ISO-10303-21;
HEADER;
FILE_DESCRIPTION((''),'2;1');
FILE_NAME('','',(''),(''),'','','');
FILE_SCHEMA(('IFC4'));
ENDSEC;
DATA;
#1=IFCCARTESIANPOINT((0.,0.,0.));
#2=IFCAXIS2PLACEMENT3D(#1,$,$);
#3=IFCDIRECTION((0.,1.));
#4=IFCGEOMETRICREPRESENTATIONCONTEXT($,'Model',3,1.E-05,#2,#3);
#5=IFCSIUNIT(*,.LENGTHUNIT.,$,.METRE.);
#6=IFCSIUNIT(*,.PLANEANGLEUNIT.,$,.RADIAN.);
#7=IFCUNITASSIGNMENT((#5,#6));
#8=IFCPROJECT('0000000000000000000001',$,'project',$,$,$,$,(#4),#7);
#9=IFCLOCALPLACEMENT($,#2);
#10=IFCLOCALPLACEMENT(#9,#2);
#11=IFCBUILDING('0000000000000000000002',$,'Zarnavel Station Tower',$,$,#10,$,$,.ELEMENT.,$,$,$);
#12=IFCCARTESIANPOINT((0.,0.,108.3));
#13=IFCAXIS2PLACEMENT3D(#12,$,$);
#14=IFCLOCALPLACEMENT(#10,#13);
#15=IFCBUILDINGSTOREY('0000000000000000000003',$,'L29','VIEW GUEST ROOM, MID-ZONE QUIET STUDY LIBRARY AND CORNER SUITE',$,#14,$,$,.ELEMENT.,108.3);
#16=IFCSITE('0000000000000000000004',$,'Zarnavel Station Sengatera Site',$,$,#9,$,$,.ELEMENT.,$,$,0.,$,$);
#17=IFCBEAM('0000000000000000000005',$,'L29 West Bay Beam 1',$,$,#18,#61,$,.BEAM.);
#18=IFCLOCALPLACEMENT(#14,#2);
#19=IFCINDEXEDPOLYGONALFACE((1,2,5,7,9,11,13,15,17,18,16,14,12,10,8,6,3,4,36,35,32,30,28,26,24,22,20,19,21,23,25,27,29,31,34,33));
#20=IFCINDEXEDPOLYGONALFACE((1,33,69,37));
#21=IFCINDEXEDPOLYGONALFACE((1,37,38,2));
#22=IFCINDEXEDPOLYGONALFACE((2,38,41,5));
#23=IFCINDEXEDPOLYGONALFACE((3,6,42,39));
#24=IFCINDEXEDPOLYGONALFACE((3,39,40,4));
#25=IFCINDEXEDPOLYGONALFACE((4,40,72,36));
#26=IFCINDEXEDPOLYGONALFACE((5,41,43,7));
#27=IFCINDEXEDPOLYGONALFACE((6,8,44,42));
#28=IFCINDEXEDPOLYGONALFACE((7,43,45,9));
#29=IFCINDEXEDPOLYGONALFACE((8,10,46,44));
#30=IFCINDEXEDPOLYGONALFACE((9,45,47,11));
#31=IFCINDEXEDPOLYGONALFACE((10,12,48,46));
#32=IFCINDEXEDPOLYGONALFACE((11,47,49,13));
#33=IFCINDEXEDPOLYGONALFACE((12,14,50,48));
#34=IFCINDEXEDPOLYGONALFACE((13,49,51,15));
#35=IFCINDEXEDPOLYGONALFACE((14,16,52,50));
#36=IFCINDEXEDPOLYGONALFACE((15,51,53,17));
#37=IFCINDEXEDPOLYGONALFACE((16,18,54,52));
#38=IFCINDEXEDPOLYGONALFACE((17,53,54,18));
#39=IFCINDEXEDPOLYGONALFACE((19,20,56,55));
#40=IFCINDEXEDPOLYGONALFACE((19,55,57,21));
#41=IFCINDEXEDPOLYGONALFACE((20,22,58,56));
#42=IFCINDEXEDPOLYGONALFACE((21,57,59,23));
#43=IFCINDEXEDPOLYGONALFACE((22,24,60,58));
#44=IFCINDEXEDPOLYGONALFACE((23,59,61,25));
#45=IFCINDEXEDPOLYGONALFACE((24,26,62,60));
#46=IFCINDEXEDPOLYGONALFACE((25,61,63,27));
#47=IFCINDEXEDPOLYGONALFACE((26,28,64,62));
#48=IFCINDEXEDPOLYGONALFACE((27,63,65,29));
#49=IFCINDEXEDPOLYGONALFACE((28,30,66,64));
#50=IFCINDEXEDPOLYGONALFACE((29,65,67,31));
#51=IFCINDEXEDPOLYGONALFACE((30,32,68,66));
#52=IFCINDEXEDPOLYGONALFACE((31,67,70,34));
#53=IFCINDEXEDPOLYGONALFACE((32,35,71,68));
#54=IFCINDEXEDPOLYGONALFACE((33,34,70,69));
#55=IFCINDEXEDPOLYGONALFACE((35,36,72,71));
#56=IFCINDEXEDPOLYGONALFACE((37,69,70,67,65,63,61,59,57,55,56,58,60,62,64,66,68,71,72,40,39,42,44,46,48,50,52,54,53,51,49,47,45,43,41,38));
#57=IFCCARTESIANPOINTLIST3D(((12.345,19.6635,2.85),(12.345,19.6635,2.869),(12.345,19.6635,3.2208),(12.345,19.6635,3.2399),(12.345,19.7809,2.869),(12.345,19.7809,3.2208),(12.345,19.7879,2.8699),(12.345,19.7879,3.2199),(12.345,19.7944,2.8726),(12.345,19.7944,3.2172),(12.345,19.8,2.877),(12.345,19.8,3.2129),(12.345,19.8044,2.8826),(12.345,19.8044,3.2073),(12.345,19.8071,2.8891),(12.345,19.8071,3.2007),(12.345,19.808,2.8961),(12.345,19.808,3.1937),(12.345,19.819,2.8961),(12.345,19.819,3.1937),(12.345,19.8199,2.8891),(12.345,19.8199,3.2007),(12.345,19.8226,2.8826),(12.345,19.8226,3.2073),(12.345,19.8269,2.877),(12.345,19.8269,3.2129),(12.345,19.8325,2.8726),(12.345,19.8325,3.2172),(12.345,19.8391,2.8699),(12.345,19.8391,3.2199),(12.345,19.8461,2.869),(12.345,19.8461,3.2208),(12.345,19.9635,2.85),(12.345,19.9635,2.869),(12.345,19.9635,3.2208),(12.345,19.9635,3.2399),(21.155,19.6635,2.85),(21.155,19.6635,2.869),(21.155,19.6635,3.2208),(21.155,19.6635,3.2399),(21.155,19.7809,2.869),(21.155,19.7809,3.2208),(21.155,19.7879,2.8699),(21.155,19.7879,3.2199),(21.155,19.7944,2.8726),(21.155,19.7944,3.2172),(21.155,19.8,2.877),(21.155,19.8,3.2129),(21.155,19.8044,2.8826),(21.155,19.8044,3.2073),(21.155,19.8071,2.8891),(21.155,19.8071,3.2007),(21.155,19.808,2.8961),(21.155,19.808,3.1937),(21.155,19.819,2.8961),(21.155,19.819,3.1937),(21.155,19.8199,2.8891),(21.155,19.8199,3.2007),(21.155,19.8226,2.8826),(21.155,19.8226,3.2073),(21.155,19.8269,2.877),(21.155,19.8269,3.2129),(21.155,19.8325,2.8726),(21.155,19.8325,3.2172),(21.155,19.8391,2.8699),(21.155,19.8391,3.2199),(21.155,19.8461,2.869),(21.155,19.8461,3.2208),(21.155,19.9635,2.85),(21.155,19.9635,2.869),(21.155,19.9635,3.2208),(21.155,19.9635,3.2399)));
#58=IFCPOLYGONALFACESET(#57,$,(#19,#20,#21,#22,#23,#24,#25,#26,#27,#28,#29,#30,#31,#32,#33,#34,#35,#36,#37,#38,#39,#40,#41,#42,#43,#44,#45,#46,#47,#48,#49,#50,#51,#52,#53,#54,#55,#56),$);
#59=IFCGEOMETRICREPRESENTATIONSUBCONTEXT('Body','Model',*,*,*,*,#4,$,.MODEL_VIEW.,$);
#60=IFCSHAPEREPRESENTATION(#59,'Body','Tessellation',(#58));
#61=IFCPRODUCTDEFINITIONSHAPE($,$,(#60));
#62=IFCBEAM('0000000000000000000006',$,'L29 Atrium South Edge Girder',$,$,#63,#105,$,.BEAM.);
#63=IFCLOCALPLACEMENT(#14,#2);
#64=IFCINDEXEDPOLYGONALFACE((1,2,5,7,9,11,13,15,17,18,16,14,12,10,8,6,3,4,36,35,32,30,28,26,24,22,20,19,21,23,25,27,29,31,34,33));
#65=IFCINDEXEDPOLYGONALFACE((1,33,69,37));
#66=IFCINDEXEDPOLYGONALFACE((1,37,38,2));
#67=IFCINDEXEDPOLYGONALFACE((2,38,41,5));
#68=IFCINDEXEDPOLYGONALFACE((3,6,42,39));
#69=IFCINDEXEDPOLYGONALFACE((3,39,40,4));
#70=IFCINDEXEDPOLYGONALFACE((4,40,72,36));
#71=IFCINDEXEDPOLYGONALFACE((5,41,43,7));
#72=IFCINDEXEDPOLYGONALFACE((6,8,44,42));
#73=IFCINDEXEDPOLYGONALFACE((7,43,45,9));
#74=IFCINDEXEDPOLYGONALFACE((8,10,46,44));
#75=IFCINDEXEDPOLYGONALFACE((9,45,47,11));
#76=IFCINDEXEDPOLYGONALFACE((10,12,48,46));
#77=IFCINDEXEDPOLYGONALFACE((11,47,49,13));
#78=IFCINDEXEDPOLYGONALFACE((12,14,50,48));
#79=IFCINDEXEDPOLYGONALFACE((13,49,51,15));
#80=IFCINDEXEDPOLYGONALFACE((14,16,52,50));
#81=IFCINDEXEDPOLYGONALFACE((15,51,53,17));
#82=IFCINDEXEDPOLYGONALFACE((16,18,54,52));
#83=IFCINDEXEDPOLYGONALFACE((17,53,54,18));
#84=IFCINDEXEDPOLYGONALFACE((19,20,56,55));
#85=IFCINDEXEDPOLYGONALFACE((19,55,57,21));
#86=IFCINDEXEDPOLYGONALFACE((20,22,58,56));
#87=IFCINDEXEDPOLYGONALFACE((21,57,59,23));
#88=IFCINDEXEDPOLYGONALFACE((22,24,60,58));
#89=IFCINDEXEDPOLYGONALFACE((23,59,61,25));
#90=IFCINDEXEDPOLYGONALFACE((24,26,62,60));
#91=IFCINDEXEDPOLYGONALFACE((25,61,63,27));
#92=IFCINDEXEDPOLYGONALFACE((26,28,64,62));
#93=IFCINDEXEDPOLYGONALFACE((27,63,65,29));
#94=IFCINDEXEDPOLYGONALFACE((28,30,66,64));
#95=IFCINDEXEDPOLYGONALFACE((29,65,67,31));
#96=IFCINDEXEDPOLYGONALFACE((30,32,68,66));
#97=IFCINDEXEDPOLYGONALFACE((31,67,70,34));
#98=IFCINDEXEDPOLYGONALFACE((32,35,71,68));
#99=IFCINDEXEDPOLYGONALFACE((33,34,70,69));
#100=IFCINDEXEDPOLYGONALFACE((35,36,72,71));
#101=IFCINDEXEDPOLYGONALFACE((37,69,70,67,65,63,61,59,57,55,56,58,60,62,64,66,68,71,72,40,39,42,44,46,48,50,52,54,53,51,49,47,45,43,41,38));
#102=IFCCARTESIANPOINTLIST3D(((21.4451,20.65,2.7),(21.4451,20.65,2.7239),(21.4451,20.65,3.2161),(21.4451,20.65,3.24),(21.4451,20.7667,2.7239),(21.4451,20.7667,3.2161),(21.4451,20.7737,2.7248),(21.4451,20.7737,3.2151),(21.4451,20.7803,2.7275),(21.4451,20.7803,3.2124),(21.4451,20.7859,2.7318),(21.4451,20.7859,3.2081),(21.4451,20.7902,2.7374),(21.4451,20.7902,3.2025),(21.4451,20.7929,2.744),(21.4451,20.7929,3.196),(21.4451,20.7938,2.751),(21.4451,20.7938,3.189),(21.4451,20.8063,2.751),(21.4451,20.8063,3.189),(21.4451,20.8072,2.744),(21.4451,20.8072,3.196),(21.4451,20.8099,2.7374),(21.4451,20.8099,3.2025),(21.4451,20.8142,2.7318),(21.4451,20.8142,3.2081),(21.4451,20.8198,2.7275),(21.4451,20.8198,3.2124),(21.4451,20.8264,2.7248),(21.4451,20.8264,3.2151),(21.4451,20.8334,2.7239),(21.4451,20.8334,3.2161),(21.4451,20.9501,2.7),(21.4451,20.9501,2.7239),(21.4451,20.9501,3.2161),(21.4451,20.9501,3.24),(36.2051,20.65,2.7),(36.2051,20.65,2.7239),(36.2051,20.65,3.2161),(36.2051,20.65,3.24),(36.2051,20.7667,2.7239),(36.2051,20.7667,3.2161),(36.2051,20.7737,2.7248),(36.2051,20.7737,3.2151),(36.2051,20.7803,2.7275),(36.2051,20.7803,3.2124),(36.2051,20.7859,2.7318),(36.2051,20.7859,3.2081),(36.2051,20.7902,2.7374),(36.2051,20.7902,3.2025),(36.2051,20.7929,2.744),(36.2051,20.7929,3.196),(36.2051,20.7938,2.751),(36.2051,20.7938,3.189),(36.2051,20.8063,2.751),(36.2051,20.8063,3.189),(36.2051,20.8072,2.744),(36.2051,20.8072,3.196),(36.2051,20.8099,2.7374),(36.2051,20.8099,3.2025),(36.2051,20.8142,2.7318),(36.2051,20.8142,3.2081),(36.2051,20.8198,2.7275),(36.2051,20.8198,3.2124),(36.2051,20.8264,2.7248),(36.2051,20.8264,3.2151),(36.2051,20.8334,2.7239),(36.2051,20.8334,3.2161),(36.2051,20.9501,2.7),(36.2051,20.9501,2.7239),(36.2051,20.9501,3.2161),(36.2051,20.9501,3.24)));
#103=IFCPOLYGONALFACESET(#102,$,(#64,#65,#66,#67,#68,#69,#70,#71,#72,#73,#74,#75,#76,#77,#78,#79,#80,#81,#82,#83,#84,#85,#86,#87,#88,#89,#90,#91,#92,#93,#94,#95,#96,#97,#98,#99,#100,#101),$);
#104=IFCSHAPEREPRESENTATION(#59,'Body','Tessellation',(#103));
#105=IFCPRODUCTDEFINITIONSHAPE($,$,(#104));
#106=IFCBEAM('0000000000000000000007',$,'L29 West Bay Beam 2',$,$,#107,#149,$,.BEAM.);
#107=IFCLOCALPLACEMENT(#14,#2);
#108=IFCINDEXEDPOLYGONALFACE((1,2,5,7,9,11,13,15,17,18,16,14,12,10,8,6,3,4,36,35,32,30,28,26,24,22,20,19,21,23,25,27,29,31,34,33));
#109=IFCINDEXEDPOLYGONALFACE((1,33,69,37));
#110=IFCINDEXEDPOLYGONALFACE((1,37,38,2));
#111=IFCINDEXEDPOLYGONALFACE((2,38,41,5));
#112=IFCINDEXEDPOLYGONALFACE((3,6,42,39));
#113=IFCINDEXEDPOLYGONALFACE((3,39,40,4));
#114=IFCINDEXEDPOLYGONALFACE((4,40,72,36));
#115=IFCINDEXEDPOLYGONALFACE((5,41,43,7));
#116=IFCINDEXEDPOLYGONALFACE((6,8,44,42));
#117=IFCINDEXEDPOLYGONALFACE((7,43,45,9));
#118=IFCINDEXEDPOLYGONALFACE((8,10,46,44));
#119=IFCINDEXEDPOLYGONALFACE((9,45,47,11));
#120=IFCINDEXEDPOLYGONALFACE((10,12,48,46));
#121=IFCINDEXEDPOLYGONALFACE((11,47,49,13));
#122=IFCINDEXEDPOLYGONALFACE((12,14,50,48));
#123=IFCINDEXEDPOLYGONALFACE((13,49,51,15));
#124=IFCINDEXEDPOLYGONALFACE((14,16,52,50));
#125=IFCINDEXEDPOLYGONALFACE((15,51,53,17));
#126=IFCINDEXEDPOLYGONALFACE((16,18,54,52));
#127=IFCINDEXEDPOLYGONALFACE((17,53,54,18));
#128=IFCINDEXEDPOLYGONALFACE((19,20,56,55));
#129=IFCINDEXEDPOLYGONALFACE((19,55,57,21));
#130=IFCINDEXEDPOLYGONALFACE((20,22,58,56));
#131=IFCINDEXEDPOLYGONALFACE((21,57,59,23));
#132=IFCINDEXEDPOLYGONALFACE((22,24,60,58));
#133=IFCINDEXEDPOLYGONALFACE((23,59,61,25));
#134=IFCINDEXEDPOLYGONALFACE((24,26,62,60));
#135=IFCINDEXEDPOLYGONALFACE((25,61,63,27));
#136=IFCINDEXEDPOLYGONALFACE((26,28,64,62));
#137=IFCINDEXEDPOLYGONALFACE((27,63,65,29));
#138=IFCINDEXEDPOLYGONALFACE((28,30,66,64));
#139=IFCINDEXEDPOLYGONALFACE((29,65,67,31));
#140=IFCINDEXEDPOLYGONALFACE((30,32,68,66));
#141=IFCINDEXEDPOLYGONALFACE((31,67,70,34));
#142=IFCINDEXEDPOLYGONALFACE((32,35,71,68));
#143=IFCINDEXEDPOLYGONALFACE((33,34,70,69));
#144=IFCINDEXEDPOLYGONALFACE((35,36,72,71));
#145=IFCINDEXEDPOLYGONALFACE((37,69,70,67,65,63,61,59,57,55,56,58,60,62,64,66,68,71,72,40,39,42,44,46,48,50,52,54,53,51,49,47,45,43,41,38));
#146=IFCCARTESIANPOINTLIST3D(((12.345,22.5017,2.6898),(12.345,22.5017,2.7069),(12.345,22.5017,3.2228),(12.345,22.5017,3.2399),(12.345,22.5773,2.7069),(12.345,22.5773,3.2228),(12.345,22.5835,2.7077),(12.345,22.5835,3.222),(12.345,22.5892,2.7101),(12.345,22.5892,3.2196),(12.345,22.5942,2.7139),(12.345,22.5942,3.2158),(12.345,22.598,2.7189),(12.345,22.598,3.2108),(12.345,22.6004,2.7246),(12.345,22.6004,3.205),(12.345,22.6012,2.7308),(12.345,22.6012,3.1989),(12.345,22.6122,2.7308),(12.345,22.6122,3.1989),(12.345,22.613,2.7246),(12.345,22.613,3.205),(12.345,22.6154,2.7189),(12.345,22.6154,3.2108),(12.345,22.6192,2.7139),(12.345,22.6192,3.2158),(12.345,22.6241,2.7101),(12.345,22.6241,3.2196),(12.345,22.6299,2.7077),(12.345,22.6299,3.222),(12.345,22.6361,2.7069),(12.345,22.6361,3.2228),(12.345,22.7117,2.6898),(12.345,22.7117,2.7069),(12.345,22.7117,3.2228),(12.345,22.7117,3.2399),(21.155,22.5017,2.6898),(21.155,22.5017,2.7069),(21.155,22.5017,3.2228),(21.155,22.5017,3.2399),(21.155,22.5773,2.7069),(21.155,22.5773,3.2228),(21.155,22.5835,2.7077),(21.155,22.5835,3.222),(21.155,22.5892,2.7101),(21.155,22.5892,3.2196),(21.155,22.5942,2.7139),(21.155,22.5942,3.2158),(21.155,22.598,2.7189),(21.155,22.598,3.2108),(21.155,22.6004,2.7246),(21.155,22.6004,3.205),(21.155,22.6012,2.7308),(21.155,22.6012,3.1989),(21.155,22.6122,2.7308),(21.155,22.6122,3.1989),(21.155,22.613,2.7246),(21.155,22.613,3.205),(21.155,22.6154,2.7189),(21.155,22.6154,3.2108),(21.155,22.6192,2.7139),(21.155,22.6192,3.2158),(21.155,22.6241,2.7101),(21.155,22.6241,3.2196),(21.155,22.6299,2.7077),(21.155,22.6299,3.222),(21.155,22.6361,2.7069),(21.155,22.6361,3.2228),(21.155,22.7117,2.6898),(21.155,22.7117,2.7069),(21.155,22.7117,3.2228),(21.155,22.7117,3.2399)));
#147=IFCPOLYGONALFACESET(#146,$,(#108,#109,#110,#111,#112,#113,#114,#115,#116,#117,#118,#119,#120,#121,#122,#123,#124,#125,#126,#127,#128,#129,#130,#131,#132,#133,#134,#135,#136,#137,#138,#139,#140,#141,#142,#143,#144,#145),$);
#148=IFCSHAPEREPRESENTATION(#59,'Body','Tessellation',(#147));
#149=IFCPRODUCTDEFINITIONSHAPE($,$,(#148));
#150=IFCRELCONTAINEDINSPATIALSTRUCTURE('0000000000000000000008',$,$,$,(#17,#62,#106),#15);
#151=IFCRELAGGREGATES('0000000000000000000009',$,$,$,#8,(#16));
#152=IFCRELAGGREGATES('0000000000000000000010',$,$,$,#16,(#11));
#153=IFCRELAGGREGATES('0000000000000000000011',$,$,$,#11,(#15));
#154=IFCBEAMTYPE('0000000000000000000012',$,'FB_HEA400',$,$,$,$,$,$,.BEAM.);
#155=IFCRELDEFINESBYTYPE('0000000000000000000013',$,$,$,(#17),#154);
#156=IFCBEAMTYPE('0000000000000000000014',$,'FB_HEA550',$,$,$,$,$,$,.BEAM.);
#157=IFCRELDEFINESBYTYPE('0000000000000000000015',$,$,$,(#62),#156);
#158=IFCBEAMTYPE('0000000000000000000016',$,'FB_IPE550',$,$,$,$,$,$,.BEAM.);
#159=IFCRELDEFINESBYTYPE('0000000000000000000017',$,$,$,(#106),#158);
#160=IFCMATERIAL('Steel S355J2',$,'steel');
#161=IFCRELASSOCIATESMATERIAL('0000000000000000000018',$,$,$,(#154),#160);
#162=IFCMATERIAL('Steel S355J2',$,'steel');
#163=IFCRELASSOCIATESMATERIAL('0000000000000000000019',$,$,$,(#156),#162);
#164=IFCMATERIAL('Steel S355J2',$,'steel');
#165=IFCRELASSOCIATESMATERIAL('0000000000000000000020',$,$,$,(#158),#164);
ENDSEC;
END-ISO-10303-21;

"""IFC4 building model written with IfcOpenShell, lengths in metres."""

from ifc_helpers import new_model, si_unit, direction, frame, origin, origin_2d, place, context, subcontext, project, spatial, i_section, extrude, material, material_profile, profile_set, type_object, element, save


model = new_model("IFC4")

# Units and contexts
model_context = context("Model", 3, precision=1e-05, world=origin(), true_north=direction((0.0, 1.0)))
body_context = subcontext(model_context, "Body", "Model", "MODEL_VIEW")
ifc_project = project(units=[si_unit("LENGTHUNIT", "METRE"), si_unit("PLANEANGLEUNIT", "RADIAN")], contexts=[model_context])

# Site, building, storey
site_placement = place(None, origin())
site = spatial("IfcSite", under=ifc_project, at=site_placement, Name="Zarnavel Station Sengatera Site", CompositionType="ELEMENT", RefElevation=0.0)
building_placement = place(site_placement, origin())
building = spatial("IfcBuilding", under=site, at=building_placement, Name="Zarnavel Station Tower", CompositionType="ELEMENT")
storey_placement = place(building_placement, frame((0.0, 0.0, 108.3)))
storey = spatial("IfcBuildingStorey", under=building, at=storey_placement, Name="L29", Description="VIEW GUEST ROOM, MID-ZONE QUIET STUDY LIBRARY AND CORNER SUITE", CompositionType="ELEMENT", Elevation=108.3)

# Beams
ifc_material_1 = material(Name="Steel S355J2", Category="steel")
ifc_material_profile_1 = material_profile(ifc_material_1, i_section(OverallWidth=0.3, OverallDepth=0.3899, WebThickness=0.011, FlangeThickness=0.019, FilletRadius=0.0271, at=origin_2d()), Name="HEA400")
ifc_profile_set_1 = profile_set([ifc_material_profile_1], Name="Steel S355J2")
beam_type_1 = type_object("IfcBeamType", Name="FB_HEA400", PredefinedType="BEAM", material=ifc_profile_set_1)
beam_1_placement = place(storey_placement, frame((12.345, 19.8135, 3.0449), z_axis=(1.0, 0.0, 0.0), x_axis=(0.0, 1.0, 0.0)))
element("IfcBeam", 1, at=beam_1_placement, inside=storey, type_object=beam_type_1, Name="L29 West Bay Beam 1", PredefinedType="BEAM", context=body_context, shape_type="SweptSolid", body=[
    extrude(i_section(OverallWidth=0.3, OverallDepth=0.3899, WebThickness=0.011, FlangeThickness=0.019, FilletRadius=0.0271, at=origin_2d()), origin(), (0.0, 0.0, 1.0), 8.8101),
])
ifc_material_2 = material(Name="Steel S355J2", Category="steel")
ifc_material_profile_2 = material_profile(ifc_material_2, i_section(OverallWidth=0.3, OverallDepth=0.54, WebThickness=0.0125, FlangeThickness=0.0239, FilletRadius=0.0271, at=origin_2d()), Name="HEA550")
ifc_profile_set_2 = profile_set([ifc_material_profile_2], Name="Steel S355J2")
beam_type_2 = type_object("IfcBeamType", Name="FB_HEA550", PredefinedType="BEAM", material=ifc_profile_set_2)
beam_2_placement = place(storey_placement, frame((21.4451, 20.8, 2.97), z_axis=(1.0, 0.0, 0.0), x_axis=(0.0, 1.0, 0.0)))
element("IfcBeam", 2, at=beam_2_placement, inside=storey, type_object=beam_type_2, Name="L29 Atrium South Edge Girder", PredefinedType="BEAM", context=body_context, shape_type="SweptSolid", body=[
    extrude(i_section(OverallWidth=0.3, OverallDepth=0.54, WebThickness=0.0125, FlangeThickness=0.0239, FilletRadius=0.0271, at=origin_2d()), origin(), (0.0, 0.0, 1.0), 14.76),
])
ifc_material_3 = material(Name="Steel S355J2", Category="steel")
ifc_material_profile_3 = material_profile(ifc_material_3, i_section(OverallWidth=0.21, OverallDepth=0.55, WebThickness=0.011, FlangeThickness=0.0171, FilletRadius=0.0239, at=origin_2d()), Name="IPE550")
ifc_profile_set_3 = profile_set([ifc_material_profile_3], Name="Steel S355J2")
beam_type_3 = type_object("IfcBeamType", Name="FB_IPE550", PredefinedType="BEAM", material=ifc_profile_set_3)
beam_3_placement = place(storey_placement, frame((12.345, 22.6067, 2.9648), z_axis=(1.0, 0.0, 0.0), x_axis=(0.0, 1.0, 0.0)))
element("IfcBeam", 3, at=beam_3_placement, inside=storey, type_object=beam_type_3, Name="L29 West Bay Beam 2", PredefinedType="BEAM", context=body_context, shape_type="SweptSolid", body=[
    extrude(i_section(OverallWidth=0.21, OverallDepth=0.55, WebThickness=0.011, FlangeThickness=0.0171, FilletRadius=0.0239, at=origin_2d()), origin(), (0.0, 0.0, 1.0), 8.8101),
])

save(model, "model.ifc")
